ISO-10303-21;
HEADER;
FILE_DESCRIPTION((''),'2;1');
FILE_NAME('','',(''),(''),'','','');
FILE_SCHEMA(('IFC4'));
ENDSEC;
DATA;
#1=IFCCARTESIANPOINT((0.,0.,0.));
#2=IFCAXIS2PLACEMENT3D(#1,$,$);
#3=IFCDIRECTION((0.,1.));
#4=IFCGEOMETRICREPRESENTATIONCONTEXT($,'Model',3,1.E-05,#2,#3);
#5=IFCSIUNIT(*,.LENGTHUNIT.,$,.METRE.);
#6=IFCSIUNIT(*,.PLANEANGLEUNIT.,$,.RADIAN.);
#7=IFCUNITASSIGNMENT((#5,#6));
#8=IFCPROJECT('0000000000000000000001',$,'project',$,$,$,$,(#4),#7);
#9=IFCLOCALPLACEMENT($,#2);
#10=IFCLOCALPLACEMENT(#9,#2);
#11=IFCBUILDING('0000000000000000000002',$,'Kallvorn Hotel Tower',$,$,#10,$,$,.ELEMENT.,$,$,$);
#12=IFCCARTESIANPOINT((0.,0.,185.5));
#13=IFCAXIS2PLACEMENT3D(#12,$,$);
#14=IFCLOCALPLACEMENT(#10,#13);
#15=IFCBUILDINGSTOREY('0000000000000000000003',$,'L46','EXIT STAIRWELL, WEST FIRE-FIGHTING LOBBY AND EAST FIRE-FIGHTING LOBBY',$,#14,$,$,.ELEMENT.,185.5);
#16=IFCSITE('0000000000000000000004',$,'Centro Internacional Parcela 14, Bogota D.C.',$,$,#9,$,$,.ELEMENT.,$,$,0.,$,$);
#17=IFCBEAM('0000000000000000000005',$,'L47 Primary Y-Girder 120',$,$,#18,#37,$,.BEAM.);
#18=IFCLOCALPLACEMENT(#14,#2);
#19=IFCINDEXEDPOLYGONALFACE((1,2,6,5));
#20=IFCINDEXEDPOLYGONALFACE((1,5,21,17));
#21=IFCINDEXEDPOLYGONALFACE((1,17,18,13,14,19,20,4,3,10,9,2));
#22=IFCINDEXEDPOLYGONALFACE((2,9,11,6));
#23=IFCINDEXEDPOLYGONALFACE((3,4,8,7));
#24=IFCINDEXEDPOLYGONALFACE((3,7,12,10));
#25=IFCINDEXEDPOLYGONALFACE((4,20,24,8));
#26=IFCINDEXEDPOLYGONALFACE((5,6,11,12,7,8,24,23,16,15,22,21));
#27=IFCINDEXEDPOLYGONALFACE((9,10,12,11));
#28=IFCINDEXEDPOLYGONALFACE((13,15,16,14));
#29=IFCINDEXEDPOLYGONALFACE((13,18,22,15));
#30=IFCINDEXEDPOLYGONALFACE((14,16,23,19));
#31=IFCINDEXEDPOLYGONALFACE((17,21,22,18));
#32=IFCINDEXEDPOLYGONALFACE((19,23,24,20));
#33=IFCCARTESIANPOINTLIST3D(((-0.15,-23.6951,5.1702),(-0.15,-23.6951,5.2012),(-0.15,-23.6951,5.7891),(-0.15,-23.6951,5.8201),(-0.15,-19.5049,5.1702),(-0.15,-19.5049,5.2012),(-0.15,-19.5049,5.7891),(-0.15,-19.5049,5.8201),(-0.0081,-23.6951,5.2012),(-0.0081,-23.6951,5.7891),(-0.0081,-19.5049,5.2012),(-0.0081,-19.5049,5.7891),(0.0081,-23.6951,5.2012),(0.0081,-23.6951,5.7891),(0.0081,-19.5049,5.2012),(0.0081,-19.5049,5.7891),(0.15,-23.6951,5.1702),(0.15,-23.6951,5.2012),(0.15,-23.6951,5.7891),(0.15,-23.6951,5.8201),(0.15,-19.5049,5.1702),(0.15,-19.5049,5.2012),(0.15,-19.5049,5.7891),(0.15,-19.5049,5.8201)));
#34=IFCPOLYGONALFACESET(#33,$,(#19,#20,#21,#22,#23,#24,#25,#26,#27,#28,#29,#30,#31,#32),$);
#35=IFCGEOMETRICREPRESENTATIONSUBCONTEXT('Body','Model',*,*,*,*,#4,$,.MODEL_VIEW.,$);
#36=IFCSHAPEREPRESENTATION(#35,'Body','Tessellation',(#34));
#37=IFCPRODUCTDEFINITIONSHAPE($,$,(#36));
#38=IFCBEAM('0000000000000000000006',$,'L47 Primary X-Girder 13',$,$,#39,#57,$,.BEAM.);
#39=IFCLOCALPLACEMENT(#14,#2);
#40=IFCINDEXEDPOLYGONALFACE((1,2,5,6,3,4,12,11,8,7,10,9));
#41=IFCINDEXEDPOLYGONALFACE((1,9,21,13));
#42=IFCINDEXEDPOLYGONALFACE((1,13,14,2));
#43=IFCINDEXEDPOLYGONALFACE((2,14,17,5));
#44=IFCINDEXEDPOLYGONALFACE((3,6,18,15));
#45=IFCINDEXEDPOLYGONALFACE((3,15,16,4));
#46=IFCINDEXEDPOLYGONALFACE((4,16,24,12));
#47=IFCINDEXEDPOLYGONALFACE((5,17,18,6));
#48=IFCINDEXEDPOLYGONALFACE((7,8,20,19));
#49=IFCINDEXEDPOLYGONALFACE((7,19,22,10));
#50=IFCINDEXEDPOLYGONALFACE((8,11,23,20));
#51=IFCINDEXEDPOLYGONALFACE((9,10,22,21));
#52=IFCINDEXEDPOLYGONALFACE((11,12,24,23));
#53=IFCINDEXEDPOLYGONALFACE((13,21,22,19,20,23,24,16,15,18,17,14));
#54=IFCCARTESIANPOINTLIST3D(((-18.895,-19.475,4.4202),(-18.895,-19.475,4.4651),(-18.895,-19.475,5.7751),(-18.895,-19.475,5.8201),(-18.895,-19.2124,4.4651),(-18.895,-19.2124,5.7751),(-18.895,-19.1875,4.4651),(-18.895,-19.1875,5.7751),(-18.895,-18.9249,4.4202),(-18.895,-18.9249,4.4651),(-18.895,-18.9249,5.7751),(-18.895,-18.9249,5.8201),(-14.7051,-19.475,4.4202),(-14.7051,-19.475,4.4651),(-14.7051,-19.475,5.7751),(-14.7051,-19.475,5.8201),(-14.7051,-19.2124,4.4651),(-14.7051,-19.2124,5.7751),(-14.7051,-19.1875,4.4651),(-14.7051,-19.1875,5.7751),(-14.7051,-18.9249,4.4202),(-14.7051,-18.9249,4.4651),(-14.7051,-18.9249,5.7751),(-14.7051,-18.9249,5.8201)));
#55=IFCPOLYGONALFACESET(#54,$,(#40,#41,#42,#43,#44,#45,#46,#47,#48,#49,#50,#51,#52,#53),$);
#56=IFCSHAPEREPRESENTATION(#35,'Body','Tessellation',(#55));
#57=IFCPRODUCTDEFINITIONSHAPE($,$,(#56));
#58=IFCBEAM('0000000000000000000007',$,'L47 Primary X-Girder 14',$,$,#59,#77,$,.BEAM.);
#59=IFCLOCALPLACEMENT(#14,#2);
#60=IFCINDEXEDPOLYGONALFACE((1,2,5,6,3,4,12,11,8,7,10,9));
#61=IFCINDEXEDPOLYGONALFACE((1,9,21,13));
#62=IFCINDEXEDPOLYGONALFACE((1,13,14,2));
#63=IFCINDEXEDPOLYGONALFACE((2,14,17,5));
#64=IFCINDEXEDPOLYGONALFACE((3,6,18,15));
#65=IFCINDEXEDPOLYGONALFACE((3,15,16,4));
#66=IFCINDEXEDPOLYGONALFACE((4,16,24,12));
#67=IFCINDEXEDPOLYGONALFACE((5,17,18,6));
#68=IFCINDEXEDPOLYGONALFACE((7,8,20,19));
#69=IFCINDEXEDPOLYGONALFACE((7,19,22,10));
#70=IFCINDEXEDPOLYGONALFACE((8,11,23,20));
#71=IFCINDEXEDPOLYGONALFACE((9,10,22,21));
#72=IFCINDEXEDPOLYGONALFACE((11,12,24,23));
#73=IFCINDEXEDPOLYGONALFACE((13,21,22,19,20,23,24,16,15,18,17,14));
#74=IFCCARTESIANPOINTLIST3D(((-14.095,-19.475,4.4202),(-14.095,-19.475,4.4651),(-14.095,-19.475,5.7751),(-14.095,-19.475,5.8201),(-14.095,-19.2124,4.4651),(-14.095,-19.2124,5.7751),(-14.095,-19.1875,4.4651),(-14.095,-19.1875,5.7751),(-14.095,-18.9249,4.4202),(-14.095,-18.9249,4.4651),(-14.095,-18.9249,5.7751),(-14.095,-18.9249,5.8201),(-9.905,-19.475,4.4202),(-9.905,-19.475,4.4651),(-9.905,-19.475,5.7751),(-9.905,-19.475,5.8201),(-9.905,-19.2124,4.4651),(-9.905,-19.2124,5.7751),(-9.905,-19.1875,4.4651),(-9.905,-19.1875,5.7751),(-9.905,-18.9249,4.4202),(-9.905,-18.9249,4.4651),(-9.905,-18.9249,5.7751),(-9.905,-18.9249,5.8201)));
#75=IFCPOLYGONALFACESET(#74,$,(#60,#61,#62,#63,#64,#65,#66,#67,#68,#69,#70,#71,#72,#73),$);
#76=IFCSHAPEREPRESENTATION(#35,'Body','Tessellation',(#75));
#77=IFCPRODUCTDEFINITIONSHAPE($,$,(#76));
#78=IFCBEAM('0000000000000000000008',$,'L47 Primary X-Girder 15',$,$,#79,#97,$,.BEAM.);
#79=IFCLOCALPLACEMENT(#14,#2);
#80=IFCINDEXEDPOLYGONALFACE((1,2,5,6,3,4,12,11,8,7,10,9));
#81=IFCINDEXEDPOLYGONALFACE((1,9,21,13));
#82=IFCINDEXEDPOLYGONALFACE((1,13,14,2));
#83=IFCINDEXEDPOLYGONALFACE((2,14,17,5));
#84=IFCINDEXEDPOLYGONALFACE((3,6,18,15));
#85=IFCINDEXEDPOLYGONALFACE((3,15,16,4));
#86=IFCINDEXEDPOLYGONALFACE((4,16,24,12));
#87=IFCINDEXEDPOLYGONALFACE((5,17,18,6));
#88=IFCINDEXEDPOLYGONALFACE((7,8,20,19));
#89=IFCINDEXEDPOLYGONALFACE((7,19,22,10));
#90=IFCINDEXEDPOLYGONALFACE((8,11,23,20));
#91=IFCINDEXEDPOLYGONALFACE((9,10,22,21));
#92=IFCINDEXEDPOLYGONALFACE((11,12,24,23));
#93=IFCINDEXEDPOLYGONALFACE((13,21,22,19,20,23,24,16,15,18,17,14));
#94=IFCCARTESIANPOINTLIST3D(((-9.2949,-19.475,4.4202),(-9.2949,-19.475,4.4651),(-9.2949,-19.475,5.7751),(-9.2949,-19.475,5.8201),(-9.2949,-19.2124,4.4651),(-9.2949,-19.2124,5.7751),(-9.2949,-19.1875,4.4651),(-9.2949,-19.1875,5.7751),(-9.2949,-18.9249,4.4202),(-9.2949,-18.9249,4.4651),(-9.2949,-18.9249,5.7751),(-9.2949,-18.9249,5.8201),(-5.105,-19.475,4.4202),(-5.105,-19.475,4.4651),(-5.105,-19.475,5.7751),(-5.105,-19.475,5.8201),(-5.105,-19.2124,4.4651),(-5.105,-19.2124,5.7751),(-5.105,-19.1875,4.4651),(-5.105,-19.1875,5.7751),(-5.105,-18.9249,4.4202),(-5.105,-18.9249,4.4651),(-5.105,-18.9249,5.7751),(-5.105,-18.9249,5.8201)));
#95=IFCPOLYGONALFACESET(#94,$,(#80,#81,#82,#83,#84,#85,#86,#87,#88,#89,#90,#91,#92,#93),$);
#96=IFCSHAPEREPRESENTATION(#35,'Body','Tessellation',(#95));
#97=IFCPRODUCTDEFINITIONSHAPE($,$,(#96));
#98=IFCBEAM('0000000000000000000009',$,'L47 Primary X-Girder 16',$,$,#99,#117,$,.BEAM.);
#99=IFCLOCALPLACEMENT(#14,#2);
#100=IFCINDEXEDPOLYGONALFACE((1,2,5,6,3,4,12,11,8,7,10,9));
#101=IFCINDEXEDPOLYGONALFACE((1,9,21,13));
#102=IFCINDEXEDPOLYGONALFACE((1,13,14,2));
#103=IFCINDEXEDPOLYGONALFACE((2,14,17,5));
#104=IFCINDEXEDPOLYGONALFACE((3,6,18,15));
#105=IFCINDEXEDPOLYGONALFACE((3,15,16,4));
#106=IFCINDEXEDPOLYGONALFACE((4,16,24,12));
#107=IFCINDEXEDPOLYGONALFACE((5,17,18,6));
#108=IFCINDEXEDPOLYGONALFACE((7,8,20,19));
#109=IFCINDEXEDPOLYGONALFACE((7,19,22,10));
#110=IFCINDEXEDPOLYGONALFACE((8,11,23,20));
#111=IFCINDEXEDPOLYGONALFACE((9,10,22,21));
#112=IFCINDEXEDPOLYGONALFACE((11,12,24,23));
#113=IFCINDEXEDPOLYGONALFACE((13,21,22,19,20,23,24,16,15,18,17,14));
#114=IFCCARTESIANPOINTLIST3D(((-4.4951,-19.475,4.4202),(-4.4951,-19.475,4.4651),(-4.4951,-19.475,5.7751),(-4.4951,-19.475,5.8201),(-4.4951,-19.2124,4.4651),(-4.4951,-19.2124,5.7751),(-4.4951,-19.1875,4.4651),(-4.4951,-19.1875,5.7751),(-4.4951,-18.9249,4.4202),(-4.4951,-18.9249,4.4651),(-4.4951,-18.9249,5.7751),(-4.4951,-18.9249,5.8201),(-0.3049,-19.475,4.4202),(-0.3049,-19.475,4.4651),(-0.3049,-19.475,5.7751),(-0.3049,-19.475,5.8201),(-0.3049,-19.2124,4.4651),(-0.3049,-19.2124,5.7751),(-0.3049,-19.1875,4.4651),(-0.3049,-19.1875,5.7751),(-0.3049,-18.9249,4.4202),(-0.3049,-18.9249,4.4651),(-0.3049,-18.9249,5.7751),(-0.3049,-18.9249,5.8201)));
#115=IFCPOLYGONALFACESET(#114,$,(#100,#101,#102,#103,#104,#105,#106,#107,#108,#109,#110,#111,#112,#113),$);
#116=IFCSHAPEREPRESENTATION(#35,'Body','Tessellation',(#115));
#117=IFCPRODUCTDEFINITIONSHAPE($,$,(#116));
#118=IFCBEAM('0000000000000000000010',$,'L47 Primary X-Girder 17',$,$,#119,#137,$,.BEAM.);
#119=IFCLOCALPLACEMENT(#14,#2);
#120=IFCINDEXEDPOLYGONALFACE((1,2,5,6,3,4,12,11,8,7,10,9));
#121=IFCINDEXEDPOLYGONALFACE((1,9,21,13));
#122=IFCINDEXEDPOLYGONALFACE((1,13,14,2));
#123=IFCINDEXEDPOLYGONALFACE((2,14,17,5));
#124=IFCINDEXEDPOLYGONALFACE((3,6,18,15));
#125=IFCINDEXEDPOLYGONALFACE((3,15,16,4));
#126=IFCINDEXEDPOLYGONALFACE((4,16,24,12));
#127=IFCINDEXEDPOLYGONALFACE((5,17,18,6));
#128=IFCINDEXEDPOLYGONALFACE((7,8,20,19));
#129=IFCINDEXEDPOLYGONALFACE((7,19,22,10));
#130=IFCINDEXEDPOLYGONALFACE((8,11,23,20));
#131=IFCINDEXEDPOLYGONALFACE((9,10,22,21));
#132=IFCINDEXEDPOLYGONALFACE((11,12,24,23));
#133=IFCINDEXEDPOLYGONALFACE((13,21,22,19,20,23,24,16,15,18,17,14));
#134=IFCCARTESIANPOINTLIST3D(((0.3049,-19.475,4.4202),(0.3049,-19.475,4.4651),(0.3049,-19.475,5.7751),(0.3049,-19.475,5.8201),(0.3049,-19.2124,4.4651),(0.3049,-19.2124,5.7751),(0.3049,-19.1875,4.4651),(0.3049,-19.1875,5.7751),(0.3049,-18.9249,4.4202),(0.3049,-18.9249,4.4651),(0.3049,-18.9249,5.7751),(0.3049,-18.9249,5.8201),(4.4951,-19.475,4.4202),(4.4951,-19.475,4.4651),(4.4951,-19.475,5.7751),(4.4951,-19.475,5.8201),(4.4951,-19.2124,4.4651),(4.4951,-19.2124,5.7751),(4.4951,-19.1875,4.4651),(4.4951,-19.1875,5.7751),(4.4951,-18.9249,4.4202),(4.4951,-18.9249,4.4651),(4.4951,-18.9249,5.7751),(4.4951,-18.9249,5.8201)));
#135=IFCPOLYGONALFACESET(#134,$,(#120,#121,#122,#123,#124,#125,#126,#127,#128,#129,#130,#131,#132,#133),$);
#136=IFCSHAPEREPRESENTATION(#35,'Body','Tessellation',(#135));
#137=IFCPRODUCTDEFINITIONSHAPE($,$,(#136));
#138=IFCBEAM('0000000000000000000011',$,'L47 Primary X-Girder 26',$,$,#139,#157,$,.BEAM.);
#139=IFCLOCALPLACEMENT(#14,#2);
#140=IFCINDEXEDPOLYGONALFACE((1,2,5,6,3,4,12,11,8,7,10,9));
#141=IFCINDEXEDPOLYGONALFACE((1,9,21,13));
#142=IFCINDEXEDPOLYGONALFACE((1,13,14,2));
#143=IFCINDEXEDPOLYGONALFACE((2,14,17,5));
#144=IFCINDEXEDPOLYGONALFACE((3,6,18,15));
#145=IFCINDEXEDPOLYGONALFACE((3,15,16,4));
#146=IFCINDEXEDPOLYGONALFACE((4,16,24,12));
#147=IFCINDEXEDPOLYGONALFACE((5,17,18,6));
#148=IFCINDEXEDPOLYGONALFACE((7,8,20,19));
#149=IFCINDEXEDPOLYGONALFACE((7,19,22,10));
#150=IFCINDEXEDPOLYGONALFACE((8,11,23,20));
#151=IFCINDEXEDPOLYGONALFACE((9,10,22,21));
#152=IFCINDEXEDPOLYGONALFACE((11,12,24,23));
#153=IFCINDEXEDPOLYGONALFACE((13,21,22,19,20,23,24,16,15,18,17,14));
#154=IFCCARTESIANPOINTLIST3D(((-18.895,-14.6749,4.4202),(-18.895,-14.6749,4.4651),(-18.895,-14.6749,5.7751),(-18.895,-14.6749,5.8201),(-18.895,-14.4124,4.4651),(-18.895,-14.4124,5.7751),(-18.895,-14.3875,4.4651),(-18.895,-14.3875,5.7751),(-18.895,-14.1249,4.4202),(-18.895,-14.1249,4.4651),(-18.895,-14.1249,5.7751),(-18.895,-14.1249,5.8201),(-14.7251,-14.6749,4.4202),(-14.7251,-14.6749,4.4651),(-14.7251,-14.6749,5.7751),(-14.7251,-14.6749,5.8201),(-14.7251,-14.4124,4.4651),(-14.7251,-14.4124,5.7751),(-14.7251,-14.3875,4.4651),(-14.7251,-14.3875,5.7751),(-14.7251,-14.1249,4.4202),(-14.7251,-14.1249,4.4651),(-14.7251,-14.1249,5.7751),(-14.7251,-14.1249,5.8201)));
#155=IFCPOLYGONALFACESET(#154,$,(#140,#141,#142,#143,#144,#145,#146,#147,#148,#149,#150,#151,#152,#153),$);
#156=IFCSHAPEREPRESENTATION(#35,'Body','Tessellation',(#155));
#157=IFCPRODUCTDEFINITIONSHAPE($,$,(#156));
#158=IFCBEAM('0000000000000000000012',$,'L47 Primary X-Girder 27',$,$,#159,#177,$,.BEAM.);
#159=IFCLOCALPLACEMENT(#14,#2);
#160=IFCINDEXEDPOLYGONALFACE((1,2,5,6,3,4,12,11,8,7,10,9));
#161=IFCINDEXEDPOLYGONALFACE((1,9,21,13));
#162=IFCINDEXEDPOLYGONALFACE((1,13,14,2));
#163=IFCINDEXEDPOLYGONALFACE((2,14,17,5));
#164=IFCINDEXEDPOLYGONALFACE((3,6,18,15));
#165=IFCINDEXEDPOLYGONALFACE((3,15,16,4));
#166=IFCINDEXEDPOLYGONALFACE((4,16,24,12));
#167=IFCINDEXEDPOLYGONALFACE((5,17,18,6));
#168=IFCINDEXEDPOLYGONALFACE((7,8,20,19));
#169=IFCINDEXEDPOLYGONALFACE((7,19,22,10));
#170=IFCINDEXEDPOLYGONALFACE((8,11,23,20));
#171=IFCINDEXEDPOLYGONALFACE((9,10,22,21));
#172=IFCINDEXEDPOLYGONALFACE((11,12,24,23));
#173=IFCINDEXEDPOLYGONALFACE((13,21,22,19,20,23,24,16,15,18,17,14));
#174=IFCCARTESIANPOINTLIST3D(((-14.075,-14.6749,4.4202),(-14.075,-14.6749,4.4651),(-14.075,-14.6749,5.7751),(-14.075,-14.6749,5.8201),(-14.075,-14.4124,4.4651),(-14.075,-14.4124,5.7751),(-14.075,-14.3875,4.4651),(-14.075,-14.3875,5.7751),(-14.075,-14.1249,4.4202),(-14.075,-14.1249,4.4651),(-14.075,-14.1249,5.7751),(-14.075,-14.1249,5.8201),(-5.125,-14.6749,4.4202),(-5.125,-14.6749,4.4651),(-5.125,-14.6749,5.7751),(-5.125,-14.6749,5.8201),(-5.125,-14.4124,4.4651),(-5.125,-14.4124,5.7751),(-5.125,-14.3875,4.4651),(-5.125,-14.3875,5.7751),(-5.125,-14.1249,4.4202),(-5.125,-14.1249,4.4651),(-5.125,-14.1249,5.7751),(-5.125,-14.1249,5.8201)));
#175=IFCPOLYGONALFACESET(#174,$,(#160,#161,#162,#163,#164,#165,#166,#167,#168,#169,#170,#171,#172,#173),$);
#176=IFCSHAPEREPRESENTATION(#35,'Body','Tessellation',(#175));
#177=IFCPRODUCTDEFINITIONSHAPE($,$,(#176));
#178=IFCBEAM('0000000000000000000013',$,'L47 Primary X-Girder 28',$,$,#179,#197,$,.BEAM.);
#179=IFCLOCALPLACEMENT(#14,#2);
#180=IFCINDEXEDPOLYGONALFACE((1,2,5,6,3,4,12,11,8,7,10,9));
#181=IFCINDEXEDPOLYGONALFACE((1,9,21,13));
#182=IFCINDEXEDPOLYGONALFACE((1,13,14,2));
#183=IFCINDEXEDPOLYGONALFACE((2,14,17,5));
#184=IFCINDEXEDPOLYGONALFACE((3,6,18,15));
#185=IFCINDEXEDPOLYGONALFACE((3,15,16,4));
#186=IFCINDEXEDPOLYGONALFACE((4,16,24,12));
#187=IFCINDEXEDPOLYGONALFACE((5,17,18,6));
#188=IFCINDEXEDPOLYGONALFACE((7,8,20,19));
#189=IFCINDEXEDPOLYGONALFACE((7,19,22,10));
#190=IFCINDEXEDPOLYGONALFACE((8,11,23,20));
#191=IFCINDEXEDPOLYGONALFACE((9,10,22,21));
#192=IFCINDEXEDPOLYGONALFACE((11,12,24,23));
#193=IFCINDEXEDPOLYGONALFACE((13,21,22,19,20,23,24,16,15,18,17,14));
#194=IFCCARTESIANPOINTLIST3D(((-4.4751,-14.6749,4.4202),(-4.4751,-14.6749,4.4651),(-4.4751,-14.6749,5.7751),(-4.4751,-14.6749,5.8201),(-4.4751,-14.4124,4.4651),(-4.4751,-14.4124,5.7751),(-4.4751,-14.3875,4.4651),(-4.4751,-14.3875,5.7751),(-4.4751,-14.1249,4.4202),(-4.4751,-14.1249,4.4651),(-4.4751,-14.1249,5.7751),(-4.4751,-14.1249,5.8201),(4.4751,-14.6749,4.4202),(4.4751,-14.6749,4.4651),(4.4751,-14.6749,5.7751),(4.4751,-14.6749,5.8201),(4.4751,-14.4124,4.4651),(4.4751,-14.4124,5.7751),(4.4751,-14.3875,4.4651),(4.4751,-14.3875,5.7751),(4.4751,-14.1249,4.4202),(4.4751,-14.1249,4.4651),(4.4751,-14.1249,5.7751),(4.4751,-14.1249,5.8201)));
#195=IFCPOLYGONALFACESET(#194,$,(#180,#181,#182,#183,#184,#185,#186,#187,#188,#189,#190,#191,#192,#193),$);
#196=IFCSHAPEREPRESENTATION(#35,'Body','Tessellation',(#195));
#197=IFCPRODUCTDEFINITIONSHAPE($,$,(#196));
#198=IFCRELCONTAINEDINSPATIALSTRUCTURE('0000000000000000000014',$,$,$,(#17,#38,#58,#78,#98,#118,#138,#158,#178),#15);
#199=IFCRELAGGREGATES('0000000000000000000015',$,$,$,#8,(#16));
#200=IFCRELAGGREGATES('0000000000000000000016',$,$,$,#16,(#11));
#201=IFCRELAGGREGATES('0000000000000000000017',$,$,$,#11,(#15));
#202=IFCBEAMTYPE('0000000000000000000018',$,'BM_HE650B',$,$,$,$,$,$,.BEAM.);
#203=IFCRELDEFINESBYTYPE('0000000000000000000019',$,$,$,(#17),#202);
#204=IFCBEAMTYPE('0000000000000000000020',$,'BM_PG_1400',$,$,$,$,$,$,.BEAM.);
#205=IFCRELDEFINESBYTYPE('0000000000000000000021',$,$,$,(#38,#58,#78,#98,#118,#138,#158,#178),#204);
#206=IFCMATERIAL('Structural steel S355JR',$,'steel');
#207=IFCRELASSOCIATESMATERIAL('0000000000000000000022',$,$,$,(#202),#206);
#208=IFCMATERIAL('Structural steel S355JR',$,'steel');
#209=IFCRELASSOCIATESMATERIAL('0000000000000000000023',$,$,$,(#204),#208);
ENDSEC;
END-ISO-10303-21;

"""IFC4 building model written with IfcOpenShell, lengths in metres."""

from ifc_helpers import new_model, si_unit, direction, frame, origin, origin_2d, place, context, subcontext, project, spatial, i_section, extrude, material, material_profile, profile_set, type_object, element, save


model = new_model("IFC4")

# Units and contexts
model_context = context("Model", 3, precision=1e-05, world=origin(), true_north=direction((0.0, 1.0)))
body_context = subcontext(model_context, "Body", "Model", "MODEL_VIEW")
ifc_project = project(units=[si_unit("LENGTHUNIT", "METRE"), si_unit("PLANEANGLEUNIT", "RADIAN")], contexts=[model_context])

# Site, building, storey
site_placement = place(None, origin())
site = spatial("IfcSite", under=ifc_project, at=site_placement, Name="Centro Internacional Parcela 14, Bogota D.C.", CompositionType="ELEMENT", RefElevation=0.0)
building_placement = place(site_placement, origin())
building = spatial("IfcBuilding", under=site, at=building_placement, Name="Kallvorn Hotel Tower", CompositionType="ELEMENT")
storey_placement = place(building_placement, frame((0.0, 0.0, 185.5)))
storey = spatial("IfcBuildingStorey", under=building, at=storey_placement, Name="L46", Description="EXIT STAIRWELL, WEST FIRE-FIGHTING LOBBY AND EAST FIRE-FIGHTING LOBBY", CompositionType="ELEMENT", Elevation=185.5)

# Beams
ifc_material_1 = material(Name="Structural steel S355JR", Category="steel")
ifc_material_profile_1 = material_profile(ifc_material_1, i_section(OverallWidth=0.3, OverallDepth=0.6499, WebThickness=0.0161, FlangeThickness=0.031, at=origin_2d()), Name="HE 650 B")
ifc_profile_set_1 = profile_set([ifc_material_profile_1], Name="Structural steel S355JR")
beam_type_1 = type_object("IfcBeamType", Name="BM_HE650B", PredefinedType="BEAM", material=ifc_profile_set_1)
beam_1_placement = place(storey_placement, frame((0.0, -23.6951, 5.4951), z_axis=(0.0, 1.0, 0.0), x_axis=(-1.0, 0.0, 0.0)))
element("IfcBeam", 1, at=beam_1_placement, inside=storey, type_object=beam_type_1, Name="L47 Primary Y-Girder 120", PredefinedType="BEAM", context=body_context, shape_type="SweptSolid", body=[
    extrude(i_section(OverallWidth=0.3, OverallDepth=0.6499, WebThickness=0.0161, FlangeThickness=0.031, at=origin_2d()), origin(), (0.0, 0.0, 1.0), 4.1902),
])
ifc_material_2 = material(Name="Structural steel S355JR", Category="steel")
ifc_material_profile_2 = material_profile(ifc_material_2, i_section(OverallWidth=0.55, OverallDepth=1.3999, WebThickness=0.0249, FlangeThickness=0.0449, at=origin_2d()), Name="PG 1400x550x25x45")
ifc_profile_set_2 = profile_set([ifc_material_profile_2], Name="Structural steel S355JR")
beam_type_2 = type_object("IfcBeamType", Name="BM_PG_1400", PredefinedType="BEAM", material=ifc_profile_set_2)
for number, where, z_axis, x_axis, name in (
    (2, (-18.895, -19.2, 5.1201), (1.0, 0.0, 0.0), (0.0, 1.0, 0.0), "L47 Primary X-Girder 13"),
    (3, (-14.095, -19.2, 5.1201), (1.0, 0.0, 0.0), (0.0, 1.0, 0.0), "L47 Primary X-Girder 14"),
    (4, (-9.2949, -19.2, 5.1201), (1.0, 0.0, 0.0), (0.0, 1.0, 0.0), "L47 Primary X-Girder 15"),
):
    element("IfcBeam", number, at=place(storey_placement, frame(where, z_axis=z_axis, x_axis=x_axis)), inside=storey, type_object=beam_type_2, Name=name, PredefinedType="BEAM", context=body_context, shape_type="SweptSolid", body=[
        extrude(i_section(OverallWidth=0.55, OverallDepth=1.3999, WebThickness=0.0249, FlangeThickness=0.0449, at=origin_2d()), origin(), (0.0, 0.0, 1.0), 4.1899),
    ])
for number, where, z_axis, x_axis, name in (
    (5, (-4.4951, -19.2, 5.1201), (1.0, 0.0, 0.0), (0.0, 1.0, 0.0), "L47 Primary X-Girder 16"),
    (6, (0.3049, -19.2, 5.1201), (1.0, 0.0, 0.0), (0.0, 1.0, 0.0), "L47 Primary X-Girder 17"),
):
    element("IfcBeam", number, at=place(storey_placement, frame(where, z_axis=z_axis, x_axis=x_axis)), inside=storey, type_object=beam_type_2, Name=name, PredefinedType="BEAM", context=body_context, shape_type="SweptSolid", body=[
        extrude(i_section(OverallWidth=0.55, OverallDepth=1.3999, WebThickness=0.0249, FlangeThickness=0.0449, at=origin_2d()), origin(), (0.0, 0.0, 1.0), 4.1902),
    ])
beam_2_placement = place(storey_placement, frame((-18.895, -14.3999, 5.1201), z_axis=(1.0, 0.0, 0.0), x_axis=(0.0, 1.0, 0.0)))
element("IfcBeam", 7, at=beam_2_placement, inside=storey, type_object=beam_type_2, Name="L47 Primary X-Girder 26", PredefinedType="BEAM", context=body_context, shape_type="SweptSolid", body=[
    extrude(i_section(OverallWidth=0.55, OverallDepth=1.3999, WebThickness=0.0249, FlangeThickness=0.0449, at=origin_2d()), origin(), (0.0, 0.0, 1.0), 4.1699),
])
beam_3_placement = place(storey_placement, frame((-14.075, -14.3999, 5.1201), z_axis=(1.0, 0.0, 0.0), x_axis=(0.0, 1.0, 0.0)))
element("IfcBeam", 8, at=beam_3_placement, inside=storey, type_object=beam_type_2, Name="L47 Primary X-Girder 27", PredefinedType="BEAM", context=body_context, shape_type="SweptSolid", body=[
    extrude(i_section(OverallWidth=0.55, OverallDepth=1.3999, WebThickness=0.0249, FlangeThickness=0.0449, at=origin_2d()), origin(), (0.0, 0.0, 1.0), 8.95),
])
beam_4_placement = place(storey_placement, frame((-4.4751, -14.3999, 5.1201), z_axis=(1.0, 0.0, 0.0), x_axis=(0.0, 1.0, 0.0)))
element("IfcBeam", 9, at=beam_4_placement, inside=storey, type_object=beam_type_2, Name="L47 Primary X-Girder 28", PredefinedType="BEAM", context=body_context, shape_type="SweptSolid", body=[
    extrude(i_section(OverallWidth=0.55, OverallDepth=1.3999, WebThickness=0.0249, FlangeThickness=0.0449, at=origin_2d()), origin(), (0.0, 0.0, 1.0), 8.9502),
])

save(model, "model.ifc")
